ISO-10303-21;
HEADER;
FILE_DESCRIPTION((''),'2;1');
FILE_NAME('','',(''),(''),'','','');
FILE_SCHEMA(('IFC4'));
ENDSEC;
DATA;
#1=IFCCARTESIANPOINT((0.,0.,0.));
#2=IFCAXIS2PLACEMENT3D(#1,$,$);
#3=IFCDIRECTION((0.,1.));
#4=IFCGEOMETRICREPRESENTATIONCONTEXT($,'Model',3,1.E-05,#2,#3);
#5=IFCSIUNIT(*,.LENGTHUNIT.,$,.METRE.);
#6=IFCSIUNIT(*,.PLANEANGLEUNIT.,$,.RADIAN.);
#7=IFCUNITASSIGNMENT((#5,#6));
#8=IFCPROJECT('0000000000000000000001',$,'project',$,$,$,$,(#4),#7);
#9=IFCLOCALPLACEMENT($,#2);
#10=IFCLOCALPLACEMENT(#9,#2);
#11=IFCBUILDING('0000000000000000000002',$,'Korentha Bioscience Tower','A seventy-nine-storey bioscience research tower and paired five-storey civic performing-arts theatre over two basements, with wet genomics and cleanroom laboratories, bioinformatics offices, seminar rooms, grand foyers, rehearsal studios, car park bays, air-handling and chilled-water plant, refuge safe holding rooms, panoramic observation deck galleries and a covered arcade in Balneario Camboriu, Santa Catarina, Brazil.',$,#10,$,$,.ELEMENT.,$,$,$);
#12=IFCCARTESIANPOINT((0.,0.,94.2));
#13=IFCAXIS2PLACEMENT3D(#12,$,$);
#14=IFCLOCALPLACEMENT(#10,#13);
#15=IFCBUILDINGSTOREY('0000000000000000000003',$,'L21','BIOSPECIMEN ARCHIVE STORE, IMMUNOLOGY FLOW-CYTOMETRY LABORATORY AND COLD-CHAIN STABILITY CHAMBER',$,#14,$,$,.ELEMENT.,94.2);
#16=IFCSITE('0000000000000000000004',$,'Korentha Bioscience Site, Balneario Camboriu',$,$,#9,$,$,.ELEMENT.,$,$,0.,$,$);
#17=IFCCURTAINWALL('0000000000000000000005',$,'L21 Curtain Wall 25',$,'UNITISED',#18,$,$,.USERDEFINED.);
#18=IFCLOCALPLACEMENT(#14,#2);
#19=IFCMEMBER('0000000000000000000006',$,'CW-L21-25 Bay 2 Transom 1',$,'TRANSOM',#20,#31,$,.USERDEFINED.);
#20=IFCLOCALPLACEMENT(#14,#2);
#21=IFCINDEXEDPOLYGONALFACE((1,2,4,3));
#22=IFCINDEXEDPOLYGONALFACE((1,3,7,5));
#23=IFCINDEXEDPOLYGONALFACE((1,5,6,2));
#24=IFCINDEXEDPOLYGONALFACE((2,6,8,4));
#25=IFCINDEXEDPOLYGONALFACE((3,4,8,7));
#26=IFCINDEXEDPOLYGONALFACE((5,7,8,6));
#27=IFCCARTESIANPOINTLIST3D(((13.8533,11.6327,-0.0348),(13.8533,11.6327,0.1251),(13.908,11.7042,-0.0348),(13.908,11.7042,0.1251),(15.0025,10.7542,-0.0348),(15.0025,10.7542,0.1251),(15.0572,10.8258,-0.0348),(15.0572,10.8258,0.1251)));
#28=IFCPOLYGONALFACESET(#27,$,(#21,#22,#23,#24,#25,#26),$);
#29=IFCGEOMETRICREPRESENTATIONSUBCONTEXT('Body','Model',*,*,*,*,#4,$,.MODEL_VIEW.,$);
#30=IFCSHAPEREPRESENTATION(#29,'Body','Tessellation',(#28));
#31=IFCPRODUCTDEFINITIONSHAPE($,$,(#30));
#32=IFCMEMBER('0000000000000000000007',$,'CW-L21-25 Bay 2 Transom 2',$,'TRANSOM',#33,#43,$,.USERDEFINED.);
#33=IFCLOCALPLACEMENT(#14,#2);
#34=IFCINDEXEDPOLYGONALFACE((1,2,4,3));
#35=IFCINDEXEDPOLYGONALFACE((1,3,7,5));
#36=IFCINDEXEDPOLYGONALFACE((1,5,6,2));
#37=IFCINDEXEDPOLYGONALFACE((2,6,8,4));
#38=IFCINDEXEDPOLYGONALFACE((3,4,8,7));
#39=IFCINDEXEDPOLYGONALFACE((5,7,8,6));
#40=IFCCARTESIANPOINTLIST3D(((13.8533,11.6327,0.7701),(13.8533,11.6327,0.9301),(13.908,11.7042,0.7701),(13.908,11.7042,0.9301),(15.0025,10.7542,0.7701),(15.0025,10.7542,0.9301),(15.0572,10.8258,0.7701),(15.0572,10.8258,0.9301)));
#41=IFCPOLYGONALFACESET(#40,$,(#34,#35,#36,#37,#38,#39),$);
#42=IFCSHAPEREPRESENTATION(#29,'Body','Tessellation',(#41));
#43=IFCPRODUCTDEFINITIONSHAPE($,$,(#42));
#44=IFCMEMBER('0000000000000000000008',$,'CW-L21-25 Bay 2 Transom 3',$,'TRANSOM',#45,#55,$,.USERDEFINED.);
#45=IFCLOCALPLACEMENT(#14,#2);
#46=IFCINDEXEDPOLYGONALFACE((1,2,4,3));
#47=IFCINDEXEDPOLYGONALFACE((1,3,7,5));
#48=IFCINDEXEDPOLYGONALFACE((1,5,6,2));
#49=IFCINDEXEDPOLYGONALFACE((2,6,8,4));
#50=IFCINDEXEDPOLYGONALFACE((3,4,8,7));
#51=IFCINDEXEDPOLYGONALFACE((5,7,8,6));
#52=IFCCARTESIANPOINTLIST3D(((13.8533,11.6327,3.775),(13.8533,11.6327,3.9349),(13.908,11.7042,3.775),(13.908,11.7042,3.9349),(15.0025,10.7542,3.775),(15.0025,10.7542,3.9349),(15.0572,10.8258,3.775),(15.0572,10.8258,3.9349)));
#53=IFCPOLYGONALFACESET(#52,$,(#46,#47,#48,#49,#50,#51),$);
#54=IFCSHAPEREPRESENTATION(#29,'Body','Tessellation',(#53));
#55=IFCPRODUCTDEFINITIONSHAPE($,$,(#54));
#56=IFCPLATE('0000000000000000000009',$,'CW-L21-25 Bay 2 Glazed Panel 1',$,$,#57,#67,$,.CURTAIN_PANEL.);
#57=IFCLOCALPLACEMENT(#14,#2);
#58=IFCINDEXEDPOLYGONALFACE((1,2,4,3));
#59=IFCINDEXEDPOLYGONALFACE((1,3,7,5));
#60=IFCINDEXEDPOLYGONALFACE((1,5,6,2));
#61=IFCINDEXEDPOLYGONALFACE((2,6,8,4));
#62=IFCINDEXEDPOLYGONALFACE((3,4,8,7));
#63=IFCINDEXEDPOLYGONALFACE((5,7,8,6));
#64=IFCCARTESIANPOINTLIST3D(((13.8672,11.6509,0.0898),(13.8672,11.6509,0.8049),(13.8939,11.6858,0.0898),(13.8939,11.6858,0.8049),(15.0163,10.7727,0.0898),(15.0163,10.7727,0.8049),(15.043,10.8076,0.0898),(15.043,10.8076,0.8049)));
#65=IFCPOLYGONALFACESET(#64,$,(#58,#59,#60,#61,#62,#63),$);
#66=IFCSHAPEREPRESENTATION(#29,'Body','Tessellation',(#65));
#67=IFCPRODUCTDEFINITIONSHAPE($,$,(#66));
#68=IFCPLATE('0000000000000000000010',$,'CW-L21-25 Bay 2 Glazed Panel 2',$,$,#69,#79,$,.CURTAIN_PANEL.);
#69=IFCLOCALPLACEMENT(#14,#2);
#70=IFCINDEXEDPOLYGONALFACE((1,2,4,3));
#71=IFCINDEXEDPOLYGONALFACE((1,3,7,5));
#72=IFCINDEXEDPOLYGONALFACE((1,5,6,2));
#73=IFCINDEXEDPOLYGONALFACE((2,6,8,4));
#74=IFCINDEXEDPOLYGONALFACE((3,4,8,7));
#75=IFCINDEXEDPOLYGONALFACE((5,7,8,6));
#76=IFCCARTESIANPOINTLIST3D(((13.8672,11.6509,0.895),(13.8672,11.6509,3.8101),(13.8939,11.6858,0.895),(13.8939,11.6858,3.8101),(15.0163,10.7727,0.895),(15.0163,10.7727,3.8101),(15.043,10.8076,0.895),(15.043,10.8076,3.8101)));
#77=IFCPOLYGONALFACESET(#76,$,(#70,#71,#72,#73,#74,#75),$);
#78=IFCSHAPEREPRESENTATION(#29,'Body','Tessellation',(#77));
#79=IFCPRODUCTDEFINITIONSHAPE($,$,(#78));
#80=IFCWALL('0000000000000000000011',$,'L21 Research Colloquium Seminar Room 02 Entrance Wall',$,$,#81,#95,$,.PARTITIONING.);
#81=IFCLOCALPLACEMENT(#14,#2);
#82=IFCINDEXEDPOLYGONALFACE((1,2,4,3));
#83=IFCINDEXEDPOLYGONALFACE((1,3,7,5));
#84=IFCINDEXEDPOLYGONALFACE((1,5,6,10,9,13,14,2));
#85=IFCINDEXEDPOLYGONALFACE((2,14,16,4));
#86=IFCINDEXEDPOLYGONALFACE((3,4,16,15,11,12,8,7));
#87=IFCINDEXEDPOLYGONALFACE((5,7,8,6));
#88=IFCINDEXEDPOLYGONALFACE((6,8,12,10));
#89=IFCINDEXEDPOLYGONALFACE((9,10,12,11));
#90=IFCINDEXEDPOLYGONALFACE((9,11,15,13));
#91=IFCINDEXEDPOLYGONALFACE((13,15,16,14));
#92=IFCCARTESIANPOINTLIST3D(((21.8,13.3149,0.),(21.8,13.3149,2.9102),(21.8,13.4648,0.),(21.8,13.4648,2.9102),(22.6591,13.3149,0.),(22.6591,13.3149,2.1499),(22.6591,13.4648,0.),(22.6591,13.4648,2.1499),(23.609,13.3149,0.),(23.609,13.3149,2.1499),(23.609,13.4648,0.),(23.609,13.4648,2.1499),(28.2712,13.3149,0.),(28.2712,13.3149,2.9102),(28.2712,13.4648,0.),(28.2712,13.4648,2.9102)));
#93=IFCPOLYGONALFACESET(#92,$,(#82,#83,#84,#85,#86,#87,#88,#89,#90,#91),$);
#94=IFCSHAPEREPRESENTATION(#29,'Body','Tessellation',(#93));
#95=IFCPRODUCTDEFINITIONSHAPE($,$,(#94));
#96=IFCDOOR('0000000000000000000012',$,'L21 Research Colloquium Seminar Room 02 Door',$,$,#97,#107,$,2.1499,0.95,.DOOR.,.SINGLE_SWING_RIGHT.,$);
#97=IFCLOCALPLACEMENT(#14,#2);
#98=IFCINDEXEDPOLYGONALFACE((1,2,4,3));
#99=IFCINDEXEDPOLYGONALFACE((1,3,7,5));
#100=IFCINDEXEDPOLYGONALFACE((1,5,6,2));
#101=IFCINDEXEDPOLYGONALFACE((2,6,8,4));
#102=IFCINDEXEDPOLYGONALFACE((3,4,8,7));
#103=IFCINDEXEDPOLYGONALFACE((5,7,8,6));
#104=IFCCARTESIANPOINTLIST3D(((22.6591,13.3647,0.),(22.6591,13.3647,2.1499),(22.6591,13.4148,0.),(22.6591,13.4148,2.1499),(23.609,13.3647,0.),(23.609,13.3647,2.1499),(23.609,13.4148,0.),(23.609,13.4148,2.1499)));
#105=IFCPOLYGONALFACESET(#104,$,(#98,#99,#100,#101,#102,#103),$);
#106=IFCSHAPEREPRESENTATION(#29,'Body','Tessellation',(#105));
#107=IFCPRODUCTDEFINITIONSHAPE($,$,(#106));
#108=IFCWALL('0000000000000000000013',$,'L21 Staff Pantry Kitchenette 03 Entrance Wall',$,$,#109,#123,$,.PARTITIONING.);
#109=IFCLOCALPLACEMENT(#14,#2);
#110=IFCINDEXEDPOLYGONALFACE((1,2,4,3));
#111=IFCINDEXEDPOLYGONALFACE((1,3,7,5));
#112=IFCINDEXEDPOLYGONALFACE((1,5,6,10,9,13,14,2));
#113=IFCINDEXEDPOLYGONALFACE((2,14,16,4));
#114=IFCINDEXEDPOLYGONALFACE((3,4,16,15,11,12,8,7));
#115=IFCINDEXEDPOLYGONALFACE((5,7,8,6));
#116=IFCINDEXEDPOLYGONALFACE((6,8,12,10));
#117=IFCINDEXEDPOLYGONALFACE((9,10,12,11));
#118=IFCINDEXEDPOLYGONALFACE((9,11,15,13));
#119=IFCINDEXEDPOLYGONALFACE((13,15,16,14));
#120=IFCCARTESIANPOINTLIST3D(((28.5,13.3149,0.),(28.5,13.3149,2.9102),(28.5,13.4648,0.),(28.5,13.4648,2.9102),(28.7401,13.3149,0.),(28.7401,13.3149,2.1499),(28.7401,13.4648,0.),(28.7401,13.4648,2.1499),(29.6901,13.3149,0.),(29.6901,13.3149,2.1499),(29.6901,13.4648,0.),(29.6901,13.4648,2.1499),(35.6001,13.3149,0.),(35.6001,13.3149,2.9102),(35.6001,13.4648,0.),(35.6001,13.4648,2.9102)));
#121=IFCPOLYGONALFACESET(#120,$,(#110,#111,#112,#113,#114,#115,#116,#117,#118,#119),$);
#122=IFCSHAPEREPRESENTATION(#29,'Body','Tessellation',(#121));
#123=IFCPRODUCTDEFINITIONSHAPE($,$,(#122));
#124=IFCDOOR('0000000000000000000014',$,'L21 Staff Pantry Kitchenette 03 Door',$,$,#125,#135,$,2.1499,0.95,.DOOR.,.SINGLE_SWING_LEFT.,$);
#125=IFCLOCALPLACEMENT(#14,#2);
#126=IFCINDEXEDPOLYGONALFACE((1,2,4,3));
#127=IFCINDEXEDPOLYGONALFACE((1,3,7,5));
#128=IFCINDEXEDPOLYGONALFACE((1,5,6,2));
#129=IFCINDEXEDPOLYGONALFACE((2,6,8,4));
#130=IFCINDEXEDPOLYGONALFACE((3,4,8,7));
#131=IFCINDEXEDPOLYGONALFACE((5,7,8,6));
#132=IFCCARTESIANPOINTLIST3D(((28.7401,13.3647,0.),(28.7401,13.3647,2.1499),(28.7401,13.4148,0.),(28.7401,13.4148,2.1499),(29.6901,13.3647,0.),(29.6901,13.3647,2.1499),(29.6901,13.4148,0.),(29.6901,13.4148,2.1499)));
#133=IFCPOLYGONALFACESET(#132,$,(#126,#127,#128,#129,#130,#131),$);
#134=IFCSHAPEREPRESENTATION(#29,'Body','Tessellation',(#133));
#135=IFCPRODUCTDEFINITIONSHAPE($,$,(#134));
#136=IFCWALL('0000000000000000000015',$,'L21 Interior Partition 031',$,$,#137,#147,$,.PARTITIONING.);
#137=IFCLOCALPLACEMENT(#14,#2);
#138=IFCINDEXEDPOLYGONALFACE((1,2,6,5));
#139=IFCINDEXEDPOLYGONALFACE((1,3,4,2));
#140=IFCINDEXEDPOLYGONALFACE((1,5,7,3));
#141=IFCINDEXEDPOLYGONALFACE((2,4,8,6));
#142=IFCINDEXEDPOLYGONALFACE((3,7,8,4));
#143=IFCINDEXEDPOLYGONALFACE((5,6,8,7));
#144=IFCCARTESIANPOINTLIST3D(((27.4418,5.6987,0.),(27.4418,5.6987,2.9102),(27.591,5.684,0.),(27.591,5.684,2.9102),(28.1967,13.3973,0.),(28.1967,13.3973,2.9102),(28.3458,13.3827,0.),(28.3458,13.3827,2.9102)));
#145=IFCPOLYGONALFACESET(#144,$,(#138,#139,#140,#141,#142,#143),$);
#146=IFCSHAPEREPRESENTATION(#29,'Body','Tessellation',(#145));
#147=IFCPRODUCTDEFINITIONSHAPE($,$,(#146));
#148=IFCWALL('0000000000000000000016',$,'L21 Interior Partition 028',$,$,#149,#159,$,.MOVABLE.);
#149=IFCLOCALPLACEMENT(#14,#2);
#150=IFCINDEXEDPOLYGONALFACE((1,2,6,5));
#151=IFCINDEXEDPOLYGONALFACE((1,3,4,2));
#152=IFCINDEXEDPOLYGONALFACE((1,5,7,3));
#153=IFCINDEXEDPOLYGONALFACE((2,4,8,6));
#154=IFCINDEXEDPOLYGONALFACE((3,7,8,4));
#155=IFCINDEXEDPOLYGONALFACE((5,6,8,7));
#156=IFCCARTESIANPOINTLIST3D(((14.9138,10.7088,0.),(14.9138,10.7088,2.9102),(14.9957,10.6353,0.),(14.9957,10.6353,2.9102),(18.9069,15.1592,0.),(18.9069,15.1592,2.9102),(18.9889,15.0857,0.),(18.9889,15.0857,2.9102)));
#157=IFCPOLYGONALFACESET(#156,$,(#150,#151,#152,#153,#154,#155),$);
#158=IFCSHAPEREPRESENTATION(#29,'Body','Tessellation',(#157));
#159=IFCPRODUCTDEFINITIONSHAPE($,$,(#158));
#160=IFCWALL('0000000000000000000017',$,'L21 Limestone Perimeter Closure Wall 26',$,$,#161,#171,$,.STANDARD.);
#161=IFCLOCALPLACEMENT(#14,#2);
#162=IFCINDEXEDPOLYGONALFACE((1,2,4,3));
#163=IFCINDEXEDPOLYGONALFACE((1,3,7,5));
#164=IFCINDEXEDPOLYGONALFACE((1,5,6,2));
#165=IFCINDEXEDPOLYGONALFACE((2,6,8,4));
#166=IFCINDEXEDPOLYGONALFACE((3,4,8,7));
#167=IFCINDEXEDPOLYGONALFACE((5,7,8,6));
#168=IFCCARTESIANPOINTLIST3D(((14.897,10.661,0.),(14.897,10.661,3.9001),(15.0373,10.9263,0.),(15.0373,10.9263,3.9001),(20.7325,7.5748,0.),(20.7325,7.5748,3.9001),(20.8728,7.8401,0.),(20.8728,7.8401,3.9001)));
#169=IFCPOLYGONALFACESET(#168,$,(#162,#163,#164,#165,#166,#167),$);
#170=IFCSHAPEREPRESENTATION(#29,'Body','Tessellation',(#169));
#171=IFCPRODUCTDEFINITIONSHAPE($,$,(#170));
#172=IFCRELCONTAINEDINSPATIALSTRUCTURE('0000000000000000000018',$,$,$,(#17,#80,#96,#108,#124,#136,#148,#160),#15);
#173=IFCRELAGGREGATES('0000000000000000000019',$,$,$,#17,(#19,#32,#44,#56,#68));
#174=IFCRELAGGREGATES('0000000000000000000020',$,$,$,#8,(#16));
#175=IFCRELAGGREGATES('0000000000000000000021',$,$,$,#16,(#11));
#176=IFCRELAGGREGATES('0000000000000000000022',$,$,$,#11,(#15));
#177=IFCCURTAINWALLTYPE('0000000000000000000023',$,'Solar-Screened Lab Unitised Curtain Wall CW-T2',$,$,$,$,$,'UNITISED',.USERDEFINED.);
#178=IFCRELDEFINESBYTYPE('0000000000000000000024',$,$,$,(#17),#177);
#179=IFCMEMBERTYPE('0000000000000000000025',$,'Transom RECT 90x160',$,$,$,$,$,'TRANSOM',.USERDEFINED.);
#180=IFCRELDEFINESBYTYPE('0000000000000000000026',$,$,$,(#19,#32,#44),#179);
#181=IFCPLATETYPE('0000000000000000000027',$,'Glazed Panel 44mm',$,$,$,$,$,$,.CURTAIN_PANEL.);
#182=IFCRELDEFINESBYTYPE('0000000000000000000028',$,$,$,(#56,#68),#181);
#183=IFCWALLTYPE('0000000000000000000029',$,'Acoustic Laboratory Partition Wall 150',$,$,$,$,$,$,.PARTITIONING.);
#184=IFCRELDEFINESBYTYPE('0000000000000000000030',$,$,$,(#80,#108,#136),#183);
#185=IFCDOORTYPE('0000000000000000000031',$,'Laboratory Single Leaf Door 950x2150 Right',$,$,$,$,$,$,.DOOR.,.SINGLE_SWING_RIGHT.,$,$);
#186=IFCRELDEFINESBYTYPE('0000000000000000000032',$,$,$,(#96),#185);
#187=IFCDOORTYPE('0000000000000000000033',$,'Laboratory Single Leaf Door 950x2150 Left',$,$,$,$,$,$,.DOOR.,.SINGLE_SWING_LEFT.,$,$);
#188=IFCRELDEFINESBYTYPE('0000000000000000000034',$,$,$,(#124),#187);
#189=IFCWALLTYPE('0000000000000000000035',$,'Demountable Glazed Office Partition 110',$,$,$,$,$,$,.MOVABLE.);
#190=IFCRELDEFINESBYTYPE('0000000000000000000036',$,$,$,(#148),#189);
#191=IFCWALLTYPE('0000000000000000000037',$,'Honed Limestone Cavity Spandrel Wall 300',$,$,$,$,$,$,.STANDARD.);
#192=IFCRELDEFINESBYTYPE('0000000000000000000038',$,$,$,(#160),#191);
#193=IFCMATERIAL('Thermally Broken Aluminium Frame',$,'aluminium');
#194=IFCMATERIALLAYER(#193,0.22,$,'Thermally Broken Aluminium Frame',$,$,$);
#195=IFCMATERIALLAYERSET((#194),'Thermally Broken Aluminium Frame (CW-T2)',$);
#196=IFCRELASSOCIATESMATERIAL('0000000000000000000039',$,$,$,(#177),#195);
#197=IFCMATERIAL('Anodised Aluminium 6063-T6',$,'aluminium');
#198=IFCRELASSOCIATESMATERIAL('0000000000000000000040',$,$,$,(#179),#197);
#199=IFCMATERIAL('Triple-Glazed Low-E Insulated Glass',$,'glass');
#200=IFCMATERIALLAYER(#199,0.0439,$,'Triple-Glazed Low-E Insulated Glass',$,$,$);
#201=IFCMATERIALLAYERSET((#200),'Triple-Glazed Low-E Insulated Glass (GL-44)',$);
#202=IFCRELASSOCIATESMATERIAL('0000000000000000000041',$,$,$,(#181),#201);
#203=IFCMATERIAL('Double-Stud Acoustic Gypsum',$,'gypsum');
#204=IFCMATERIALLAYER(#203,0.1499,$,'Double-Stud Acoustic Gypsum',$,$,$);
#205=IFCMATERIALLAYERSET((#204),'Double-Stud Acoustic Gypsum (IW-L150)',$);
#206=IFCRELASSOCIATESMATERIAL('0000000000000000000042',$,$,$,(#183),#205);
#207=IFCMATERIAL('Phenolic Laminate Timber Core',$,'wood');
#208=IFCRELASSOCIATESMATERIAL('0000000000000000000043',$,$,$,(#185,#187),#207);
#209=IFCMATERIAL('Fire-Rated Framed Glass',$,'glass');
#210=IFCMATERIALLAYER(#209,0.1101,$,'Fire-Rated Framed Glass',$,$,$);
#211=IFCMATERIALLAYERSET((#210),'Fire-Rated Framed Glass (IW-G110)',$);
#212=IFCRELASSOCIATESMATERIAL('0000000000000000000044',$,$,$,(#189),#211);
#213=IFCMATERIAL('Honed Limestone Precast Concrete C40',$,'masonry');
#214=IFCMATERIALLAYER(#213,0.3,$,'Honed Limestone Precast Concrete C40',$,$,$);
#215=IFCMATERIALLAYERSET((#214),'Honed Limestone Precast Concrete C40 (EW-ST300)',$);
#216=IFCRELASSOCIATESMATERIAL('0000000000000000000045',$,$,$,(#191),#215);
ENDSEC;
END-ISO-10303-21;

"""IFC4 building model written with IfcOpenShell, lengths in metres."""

from ifc_helpers import new_model, si_unit, direction, frame, frame_2d, origin, origin_2d, place, context, subcontext, project, spatial, rectangle, extrude, material, layer, layer_set, material_profile, profile_set, type_object, element, fill, aggregate, save


model = new_model("IFC4")

# Units and contexts
model_context = context("Model", 3, precision=1e-05, world=origin(), true_north=direction((0.0, 1.0)))
body_context = subcontext(model_context, "Body", "Model", "MODEL_VIEW")
ifc_project = project(units=[si_unit("LENGTHUNIT", "METRE"), si_unit("PLANEANGLEUNIT", "RADIAN")], contexts=[model_context])

# Site, building, storey
site_placement = place(None, origin())
site = spatial("IfcSite", under=ifc_project, at=site_placement, Name="Korentha Bioscience Site, Balneario Camboriu", CompositionType="ELEMENT", RefElevation=0.0)
building_placement = place(site_placement, origin())
building = spatial("IfcBuilding", under=site, at=building_placement, Name="Korentha Bioscience Tower", Description="A seventy-nine-storey bioscience research tower and paired five-storey civic performing-arts theatre over two basements, with wet genomics and cleanroom laboratories, bioinformatics offices, seminar rooms, grand foyers, rehearsal studios, car park bays, air-handling and chilled-water plant, refuge safe holding rooms, panoramic observation deck galleries and a covered arcade in Balneario Camboriu, Santa Catarina, Brazil.", CompositionType="ELEMENT")
storey_placement = place(building_placement, frame((0.0, 0.0, 94.2)))
storey = spatial("IfcBuildingStorey", under=building, at=storey_placement, Name="L21", Description="BIOSPECIMEN ARCHIVE STORE, IMMUNOLOGY FLOW-CYTOMETRY LABORATORY AND COLD-CHAIN STABILITY CHAMBER", CompositionType="ELEMENT", Elevation=94.2)

# Curtain wall
ifc_material_1 = material(Name="Thermally Broken Aluminium Frame", Category="aluminium")
ifc_layer_1 = layer(ifc_material_1, 0.22, Name="Thermally Broken Aluminium Frame")
ifc_layer_set_1 = layer_set([ifc_layer_1], Name="Thermally Broken Aluminium Frame (CW-T2)")
curtain_wall_type = type_object("IfcCurtainWallType", Name="Solar-Screened Lab Unitised Curtain Wall CW-T2", ElementType="UNITISED", PredefinedType="USERDEFINED", material=ifc_layer_set_1)
curtain_wall_placement = place(storey_placement, origin())
curtain_wall = element("IfcCurtainWall", 1, at=curtain_wall_placement, inside=storey, type_object=curtain_wall_type, Name="L21 Curtain Wall 25", ObjectType="UNITISED", PredefinedType="USERDEFINED")
ifc_material_2 = material(Name="Anodised Aluminium 6063-T6", Category="aluminium")

# Members
ifc_material_profile_1 = material_profile(ifc_material_2, rectangle(XDim=0.0901, YDim=0.1599, at=origin_2d()), Name="Anodised Aluminium 6063-T6")
ifc_profile_set_1 = profile_set([ifc_material_profile_1], Name="Anodised Aluminium 6063-T6 (CW-TRN)")
member_type_1 = type_object("IfcMemberType", Name="Transom RECT 90x160", ElementType="TRANSOM", PredefinedType="USERDEFINED", material=ifc_profile_set_1)
member_1_placement = place(storey_placement, frame((13.8806, 11.6685, 0.0452), z_axis=(0.794478, -0.607293, 0.0), x_axis=(0.607293, 0.794478, 0.0)))
member_1 = element("IfcMember", 2, at=member_1_placement, type_object=member_type_1, Name="CW-L21-25 Bay 2 Transom 1", ObjectType="TRANSOM", PredefinedType="USERDEFINED", context=body_context, shape_type="SweptSolid", body=[
    extrude(rectangle(XDim=0.0901, YDim=0.1599, at=origin_2d()), origin(), (0.0, 0.0, 1.0), 1.4465),
])
member_2_placement = place(storey_placement, frame((13.8806, 11.6685, 0.8501), z_axis=(0.794478, -0.607293, 0.0), x_axis=(0.607293, 0.794478, 0.0)))
member_2 = element("IfcMember", 3, at=member_2_placement, type_object=member_type_1, Name="CW-L21-25 Bay 2 Transom 2", ObjectType="TRANSOM", PredefinedType="USERDEFINED", context=body_context, shape_type="SweptSolid", body=[
    extrude(rectangle(XDim=0.0901, YDim=0.1599, at=origin_2d()), origin(), (0.0, 0.0, 1.0), 1.4465),
])
member_3_placement = place(storey_placement, frame((13.8806, 11.6685, 3.855), z_axis=(0.794478, -0.607293, 0.0), x_axis=(0.607293, 0.794478, 0.0)))
member_3 = element("IfcMember", 4, at=member_3_placement, type_object=member_type_1, Name="CW-L21-25 Bay 2 Transom 3", ObjectType="TRANSOM", PredefinedType="USERDEFINED", context=body_context, shape_type="SweptSolid", body=[
    extrude(rectangle(XDim=0.0901, YDim=0.1599, at=origin_2d()), origin(), (0.0, 0.0, 1.0), 1.4465),
])

# Plates
ifc_material_3 = material(Name="Triple-Glazed Low-E Insulated Glass", Category="glass")
ifc_layer_2 = layer(ifc_material_3, 0.0439, Name="Triple-Glazed Low-E Insulated Glass")
ifc_layer_set_2 = layer_set([ifc_layer_2], Name="Triple-Glazed Low-E Insulated Glass (GL-44)")
plate_type = type_object("IfcPlateType", Name="Glazed Panel 44mm", PredefinedType="CURTAIN_PANEL", material=ifc_layer_set_2)
plate_1_placement = place(storey_placement, frame((14.4551, 11.2292, 0.0898), z_axis=(0.0, 0.0, 1.0), x_axis=(0.7945, -0.607265, 0.0)))
plate_1 = element("IfcPlate", 5, at=plate_1_placement, type_object=plate_type, Name="CW-L21-25 Bay 2 Glazed Panel 1", PredefinedType="CURTAIN_PANEL", context=body_context, shape_type="SweptSolid", body=[
    extrude(rectangle(XDim=1.4463, YDim=0.0439, at=origin_2d()), origin(), (0.0, 0.0, 1.0), 0.7151),
])
plate_2_placement = place(storey_placement, frame((14.4551, 11.2292, 0.895), z_axis=(0.0, 0.0, 1.0), x_axis=(0.7945, -0.607265, 0.0)))
plate_2 = element("IfcPlate", 6, at=plate_2_placement, type_object=plate_type, Name="CW-L21-25 Bay 2 Glazed Panel 2", PredefinedType="CURTAIN_PANEL", context=body_context, shape_type="SweptSolid", body=[
    extrude(rectangle(XDim=1.4463, YDim=0.0439, at=origin_2d()), origin(), (0.0, 0.0, 1.0), 2.915),
])
aggregate(curtain_wall, [member_1, member_2, member_3, plate_1, plate_2])

# Walls, openings, doors
ifc_material_4 = material(Name="Double-Stud Acoustic Gypsum", Category="gypsum")
ifc_layer_3 = layer(ifc_material_4, 0.1499, Name="Double-Stud Acoustic Gypsum")
ifc_layer_set_3 = layer_set([ifc_layer_3], Name="Double-Stud Acoustic Gypsum (IW-L150)")
wall_type_1 = type_object("IfcWallType", Name="Acoustic Laboratory Partition Wall 150", PredefinedType="PARTITIONING", material=ifc_layer_set_3)
wall_1_placement = place(storey_placement, frame((21.8, 13.3899, 0.0), z_axis=(0.0, 0.0, 1.0), x_axis=(1.0, 0.0, 0.0)))
wall_1 = element("IfcWall", 7, at=wall_1_placement, inside=storey, type_object=wall_type_1, Name="L21 Research Colloquium Seminar Room 02 Entrance Wall", PredefinedType="PARTITIONING", context=body_context, shape_type="SweptSolid", body=[
    extrude(rectangle(XDim=6.4712, YDim=0.1499, at=frame_2d((3.2356, 0.0))), origin(), (0.0, 0.0, 1.0), 2.9102),
])
opening_1_placement = place(wall_1_placement, frame((0.8589, 0.0, 0.0)))
opening_1 = element("IfcOpeningElement", 8, at=opening_1_placement, cuts=wall_1, PredefinedType="OPENING", context=body_context, shape_type="SweptSolid", body=[
    extrude(rectangle(XDim=0.95, YDim=2.1499, at=frame_2d((0.4751, 1.075))), frame((0.0, 0.0898, 0.0), z_axis=(0.0, -1.0, 0.0), x_axis=(1.0, 0.0, 0.0)), (0.0, 0.0, 1.0), 0.1797),
])
ifc_material_5 = material(Name="Phenolic Laminate Timber Core", Category="wood")
door_type_1 = type_object("IfcDoorType", Name="Laboratory Single Leaf Door 950x2150 Right", OperationType="SINGLE_SWING_RIGHT", PredefinedType="DOOR", material=ifc_material_5)
door_1_placement = place(opening_1_placement, origin())
door_1 = element("IfcDoor", 9, at=door_1_placement, inside=storey, type_object=door_type_1, Name="L21 Research Colloquium Seminar Room 02 Door", OperationType="SINGLE_SWING_RIGHT", OverallHeight=2.1499, OverallWidth=0.95, PredefinedType="DOOR", context=body_context, shape_type="SweptSolid", body=[
    extrude(rectangle(XDim=0.95, YDim=2.1499, at=frame_2d((0.4751, 1.075))), frame((0.0, 0.0249, 0.0), z_axis=(0.0, -1.0, 0.0), x_axis=(1.0, 0.0, 0.0)), (0.0, 0.0, 1.0), 0.05),
])
fill(opening_1, door_1)
wall_2_placement = place(storey_placement, frame((28.5, 13.3899, 0.0), z_axis=(0.0, 0.0, 1.0), x_axis=(1.0, 0.0, 0.0)))
wall_2 = element("IfcWall", 10, at=wall_2_placement, inside=storey, type_object=wall_type_1, Name="L21 Staff Pantry Kitchenette 03 Entrance Wall", PredefinedType="PARTITIONING", context=body_context, shape_type="SweptSolid", body=[
    extrude(rectangle(XDim=7.1001, YDim=0.1499, at=frame_2d((3.55, 0.0))), origin(), (0.0, 0.0, 1.0), 2.9102),
])
opening_2_placement = place(wall_2_placement, frame((0.24, 0.0, 0.0)))
opening_2 = element("IfcOpeningElement", 11, at=opening_2_placement, cuts=wall_2, PredefinedType="OPENING", context=body_context, shape_type="SweptSolid", body=[
    extrude(rectangle(XDim=0.95, YDim=2.1499, at=frame_2d((0.4751, 1.075))), frame((0.0, 0.0898, 0.0), z_axis=(0.0, -1.0, 0.0), x_axis=(1.0, 0.0, 0.0)), (0.0, 0.0, 1.0), 0.1797),
])
door_type_2 = type_object("IfcDoorType", Name="Laboratory Single Leaf Door 950x2150 Left", OperationType="SINGLE_SWING_LEFT", PredefinedType="DOOR", material=ifc_material_5)
door_2_placement = place(opening_2_placement, origin())
door_2 = element("IfcDoor", 12, at=door_2_placement, inside=storey, type_object=door_type_2, Name="L21 Staff Pantry Kitchenette 03 Door", OperationType="SINGLE_SWING_LEFT", OverallHeight=2.1499, OverallWidth=0.95, PredefinedType="DOOR", context=body_context, shape_type="SweptSolid", body=[
    extrude(rectangle(XDim=0.95, YDim=2.1499, at=frame_2d((0.4751, 1.075))), frame((0.0, 0.0249, 0.0), z_axis=(0.0, -1.0, 0.0), x_axis=(1.0, 0.0, 0.0)), (0.0, 0.0, 1.0), 0.05),
])
fill(opening_2, door_2)

# Walls
wall_3_placement = place(storey_placement, frame((28.2712, 13.3899, 0.0), z_axis=(0.0, 0.0, 1.0), x_axis=(-0.097585, -0.995227, 0.0)))
element("IfcWall", 13, at=wall_3_placement, inside=storey, type_object=wall_type_1, Name="L21 Interior Partition 031", PredefinedType="PARTITIONING", context=body_context, shape_type="SweptSolid", body=[
    extrude(rectangle(XDim=7.7356, YDim=0.1499, at=frame_2d((3.8677, 0.0))), origin(), (0.0, 0.0, 1.0), 2.9102),
])
ifc_material_6 = material(Name="Fire-Rated Framed Glass", Category="glass")
ifc_layer_4 = layer(ifc_material_6, 0.1101, Name="Fire-Rated Framed Glass")
ifc_layer_set_4 = layer_set([ifc_layer_4], Name="Fire-Rated Framed Glass (IW-G110)")
wall_type_2 = type_object("IfcWallType", Name="Demountable Glazed Office Partition 110", PredefinedType="MOVABLE", material=ifc_layer_set_4)
wall_4_placement = place(storey_placement, frame((18.948, 15.1226, 0.0), z_axis=(0.0, 0.0, 1.0), x_axis=(-0.667834, -0.74431, 0.0)))
element("IfcWall", 14, at=wall_4_placement, inside=storey, type_object=wall_type_2, Name="L21 Interior Partition 028", PredefinedType="MOVABLE", context=body_context, shape_type="SweptSolid", body=[
    extrude(rectangle(XDim=5.9792, YDim=0.1101, at=frame_2d((2.9897, 0.0))), origin(), (0.0, 0.0, 1.0), 2.9102),
])

# Shared definitions
ifc_material_7 = material(Name="Honed Limestone Precast Concrete C40", Category="masonry")
ifc_layer_5 = layer(ifc_material_7, 0.3, Name="Honed Limestone Precast Concrete C40")
ifc_layer_set_5 = layer_set([ifc_layer_5], Name="Honed Limestone Precast Concrete C40 (EW-ST300)")
wall_type_3 = type_object("IfcWallType", Name="Honed Limestone Cavity Spandrel Wall 300", PredefinedType="STANDARD", material=ifc_layer_set_5)

# Wall
wall_5_placement = place(storey_placement, frame((14.967, 10.7937, 0.0), z_axis=(0.0, 0.0, 1.0), x_axis=(0.883987, -0.467512, 0.0)))
element("IfcWall", 15, at=wall_5_placement, inside=storey, type_object=wall_type_3, Name="L21 Limestone Perimeter Closure Wall 26", PredefinedType="STANDARD", context=body_context, shape_type="SweptSolid", body=[
    extrude(rectangle(XDim=6.6013, YDim=0.3, at=frame_2d((3.3008, 0.0))), origin(), (0.0, 0.0, 1.0), 3.9001),
])

save(model, "model.ifc")
